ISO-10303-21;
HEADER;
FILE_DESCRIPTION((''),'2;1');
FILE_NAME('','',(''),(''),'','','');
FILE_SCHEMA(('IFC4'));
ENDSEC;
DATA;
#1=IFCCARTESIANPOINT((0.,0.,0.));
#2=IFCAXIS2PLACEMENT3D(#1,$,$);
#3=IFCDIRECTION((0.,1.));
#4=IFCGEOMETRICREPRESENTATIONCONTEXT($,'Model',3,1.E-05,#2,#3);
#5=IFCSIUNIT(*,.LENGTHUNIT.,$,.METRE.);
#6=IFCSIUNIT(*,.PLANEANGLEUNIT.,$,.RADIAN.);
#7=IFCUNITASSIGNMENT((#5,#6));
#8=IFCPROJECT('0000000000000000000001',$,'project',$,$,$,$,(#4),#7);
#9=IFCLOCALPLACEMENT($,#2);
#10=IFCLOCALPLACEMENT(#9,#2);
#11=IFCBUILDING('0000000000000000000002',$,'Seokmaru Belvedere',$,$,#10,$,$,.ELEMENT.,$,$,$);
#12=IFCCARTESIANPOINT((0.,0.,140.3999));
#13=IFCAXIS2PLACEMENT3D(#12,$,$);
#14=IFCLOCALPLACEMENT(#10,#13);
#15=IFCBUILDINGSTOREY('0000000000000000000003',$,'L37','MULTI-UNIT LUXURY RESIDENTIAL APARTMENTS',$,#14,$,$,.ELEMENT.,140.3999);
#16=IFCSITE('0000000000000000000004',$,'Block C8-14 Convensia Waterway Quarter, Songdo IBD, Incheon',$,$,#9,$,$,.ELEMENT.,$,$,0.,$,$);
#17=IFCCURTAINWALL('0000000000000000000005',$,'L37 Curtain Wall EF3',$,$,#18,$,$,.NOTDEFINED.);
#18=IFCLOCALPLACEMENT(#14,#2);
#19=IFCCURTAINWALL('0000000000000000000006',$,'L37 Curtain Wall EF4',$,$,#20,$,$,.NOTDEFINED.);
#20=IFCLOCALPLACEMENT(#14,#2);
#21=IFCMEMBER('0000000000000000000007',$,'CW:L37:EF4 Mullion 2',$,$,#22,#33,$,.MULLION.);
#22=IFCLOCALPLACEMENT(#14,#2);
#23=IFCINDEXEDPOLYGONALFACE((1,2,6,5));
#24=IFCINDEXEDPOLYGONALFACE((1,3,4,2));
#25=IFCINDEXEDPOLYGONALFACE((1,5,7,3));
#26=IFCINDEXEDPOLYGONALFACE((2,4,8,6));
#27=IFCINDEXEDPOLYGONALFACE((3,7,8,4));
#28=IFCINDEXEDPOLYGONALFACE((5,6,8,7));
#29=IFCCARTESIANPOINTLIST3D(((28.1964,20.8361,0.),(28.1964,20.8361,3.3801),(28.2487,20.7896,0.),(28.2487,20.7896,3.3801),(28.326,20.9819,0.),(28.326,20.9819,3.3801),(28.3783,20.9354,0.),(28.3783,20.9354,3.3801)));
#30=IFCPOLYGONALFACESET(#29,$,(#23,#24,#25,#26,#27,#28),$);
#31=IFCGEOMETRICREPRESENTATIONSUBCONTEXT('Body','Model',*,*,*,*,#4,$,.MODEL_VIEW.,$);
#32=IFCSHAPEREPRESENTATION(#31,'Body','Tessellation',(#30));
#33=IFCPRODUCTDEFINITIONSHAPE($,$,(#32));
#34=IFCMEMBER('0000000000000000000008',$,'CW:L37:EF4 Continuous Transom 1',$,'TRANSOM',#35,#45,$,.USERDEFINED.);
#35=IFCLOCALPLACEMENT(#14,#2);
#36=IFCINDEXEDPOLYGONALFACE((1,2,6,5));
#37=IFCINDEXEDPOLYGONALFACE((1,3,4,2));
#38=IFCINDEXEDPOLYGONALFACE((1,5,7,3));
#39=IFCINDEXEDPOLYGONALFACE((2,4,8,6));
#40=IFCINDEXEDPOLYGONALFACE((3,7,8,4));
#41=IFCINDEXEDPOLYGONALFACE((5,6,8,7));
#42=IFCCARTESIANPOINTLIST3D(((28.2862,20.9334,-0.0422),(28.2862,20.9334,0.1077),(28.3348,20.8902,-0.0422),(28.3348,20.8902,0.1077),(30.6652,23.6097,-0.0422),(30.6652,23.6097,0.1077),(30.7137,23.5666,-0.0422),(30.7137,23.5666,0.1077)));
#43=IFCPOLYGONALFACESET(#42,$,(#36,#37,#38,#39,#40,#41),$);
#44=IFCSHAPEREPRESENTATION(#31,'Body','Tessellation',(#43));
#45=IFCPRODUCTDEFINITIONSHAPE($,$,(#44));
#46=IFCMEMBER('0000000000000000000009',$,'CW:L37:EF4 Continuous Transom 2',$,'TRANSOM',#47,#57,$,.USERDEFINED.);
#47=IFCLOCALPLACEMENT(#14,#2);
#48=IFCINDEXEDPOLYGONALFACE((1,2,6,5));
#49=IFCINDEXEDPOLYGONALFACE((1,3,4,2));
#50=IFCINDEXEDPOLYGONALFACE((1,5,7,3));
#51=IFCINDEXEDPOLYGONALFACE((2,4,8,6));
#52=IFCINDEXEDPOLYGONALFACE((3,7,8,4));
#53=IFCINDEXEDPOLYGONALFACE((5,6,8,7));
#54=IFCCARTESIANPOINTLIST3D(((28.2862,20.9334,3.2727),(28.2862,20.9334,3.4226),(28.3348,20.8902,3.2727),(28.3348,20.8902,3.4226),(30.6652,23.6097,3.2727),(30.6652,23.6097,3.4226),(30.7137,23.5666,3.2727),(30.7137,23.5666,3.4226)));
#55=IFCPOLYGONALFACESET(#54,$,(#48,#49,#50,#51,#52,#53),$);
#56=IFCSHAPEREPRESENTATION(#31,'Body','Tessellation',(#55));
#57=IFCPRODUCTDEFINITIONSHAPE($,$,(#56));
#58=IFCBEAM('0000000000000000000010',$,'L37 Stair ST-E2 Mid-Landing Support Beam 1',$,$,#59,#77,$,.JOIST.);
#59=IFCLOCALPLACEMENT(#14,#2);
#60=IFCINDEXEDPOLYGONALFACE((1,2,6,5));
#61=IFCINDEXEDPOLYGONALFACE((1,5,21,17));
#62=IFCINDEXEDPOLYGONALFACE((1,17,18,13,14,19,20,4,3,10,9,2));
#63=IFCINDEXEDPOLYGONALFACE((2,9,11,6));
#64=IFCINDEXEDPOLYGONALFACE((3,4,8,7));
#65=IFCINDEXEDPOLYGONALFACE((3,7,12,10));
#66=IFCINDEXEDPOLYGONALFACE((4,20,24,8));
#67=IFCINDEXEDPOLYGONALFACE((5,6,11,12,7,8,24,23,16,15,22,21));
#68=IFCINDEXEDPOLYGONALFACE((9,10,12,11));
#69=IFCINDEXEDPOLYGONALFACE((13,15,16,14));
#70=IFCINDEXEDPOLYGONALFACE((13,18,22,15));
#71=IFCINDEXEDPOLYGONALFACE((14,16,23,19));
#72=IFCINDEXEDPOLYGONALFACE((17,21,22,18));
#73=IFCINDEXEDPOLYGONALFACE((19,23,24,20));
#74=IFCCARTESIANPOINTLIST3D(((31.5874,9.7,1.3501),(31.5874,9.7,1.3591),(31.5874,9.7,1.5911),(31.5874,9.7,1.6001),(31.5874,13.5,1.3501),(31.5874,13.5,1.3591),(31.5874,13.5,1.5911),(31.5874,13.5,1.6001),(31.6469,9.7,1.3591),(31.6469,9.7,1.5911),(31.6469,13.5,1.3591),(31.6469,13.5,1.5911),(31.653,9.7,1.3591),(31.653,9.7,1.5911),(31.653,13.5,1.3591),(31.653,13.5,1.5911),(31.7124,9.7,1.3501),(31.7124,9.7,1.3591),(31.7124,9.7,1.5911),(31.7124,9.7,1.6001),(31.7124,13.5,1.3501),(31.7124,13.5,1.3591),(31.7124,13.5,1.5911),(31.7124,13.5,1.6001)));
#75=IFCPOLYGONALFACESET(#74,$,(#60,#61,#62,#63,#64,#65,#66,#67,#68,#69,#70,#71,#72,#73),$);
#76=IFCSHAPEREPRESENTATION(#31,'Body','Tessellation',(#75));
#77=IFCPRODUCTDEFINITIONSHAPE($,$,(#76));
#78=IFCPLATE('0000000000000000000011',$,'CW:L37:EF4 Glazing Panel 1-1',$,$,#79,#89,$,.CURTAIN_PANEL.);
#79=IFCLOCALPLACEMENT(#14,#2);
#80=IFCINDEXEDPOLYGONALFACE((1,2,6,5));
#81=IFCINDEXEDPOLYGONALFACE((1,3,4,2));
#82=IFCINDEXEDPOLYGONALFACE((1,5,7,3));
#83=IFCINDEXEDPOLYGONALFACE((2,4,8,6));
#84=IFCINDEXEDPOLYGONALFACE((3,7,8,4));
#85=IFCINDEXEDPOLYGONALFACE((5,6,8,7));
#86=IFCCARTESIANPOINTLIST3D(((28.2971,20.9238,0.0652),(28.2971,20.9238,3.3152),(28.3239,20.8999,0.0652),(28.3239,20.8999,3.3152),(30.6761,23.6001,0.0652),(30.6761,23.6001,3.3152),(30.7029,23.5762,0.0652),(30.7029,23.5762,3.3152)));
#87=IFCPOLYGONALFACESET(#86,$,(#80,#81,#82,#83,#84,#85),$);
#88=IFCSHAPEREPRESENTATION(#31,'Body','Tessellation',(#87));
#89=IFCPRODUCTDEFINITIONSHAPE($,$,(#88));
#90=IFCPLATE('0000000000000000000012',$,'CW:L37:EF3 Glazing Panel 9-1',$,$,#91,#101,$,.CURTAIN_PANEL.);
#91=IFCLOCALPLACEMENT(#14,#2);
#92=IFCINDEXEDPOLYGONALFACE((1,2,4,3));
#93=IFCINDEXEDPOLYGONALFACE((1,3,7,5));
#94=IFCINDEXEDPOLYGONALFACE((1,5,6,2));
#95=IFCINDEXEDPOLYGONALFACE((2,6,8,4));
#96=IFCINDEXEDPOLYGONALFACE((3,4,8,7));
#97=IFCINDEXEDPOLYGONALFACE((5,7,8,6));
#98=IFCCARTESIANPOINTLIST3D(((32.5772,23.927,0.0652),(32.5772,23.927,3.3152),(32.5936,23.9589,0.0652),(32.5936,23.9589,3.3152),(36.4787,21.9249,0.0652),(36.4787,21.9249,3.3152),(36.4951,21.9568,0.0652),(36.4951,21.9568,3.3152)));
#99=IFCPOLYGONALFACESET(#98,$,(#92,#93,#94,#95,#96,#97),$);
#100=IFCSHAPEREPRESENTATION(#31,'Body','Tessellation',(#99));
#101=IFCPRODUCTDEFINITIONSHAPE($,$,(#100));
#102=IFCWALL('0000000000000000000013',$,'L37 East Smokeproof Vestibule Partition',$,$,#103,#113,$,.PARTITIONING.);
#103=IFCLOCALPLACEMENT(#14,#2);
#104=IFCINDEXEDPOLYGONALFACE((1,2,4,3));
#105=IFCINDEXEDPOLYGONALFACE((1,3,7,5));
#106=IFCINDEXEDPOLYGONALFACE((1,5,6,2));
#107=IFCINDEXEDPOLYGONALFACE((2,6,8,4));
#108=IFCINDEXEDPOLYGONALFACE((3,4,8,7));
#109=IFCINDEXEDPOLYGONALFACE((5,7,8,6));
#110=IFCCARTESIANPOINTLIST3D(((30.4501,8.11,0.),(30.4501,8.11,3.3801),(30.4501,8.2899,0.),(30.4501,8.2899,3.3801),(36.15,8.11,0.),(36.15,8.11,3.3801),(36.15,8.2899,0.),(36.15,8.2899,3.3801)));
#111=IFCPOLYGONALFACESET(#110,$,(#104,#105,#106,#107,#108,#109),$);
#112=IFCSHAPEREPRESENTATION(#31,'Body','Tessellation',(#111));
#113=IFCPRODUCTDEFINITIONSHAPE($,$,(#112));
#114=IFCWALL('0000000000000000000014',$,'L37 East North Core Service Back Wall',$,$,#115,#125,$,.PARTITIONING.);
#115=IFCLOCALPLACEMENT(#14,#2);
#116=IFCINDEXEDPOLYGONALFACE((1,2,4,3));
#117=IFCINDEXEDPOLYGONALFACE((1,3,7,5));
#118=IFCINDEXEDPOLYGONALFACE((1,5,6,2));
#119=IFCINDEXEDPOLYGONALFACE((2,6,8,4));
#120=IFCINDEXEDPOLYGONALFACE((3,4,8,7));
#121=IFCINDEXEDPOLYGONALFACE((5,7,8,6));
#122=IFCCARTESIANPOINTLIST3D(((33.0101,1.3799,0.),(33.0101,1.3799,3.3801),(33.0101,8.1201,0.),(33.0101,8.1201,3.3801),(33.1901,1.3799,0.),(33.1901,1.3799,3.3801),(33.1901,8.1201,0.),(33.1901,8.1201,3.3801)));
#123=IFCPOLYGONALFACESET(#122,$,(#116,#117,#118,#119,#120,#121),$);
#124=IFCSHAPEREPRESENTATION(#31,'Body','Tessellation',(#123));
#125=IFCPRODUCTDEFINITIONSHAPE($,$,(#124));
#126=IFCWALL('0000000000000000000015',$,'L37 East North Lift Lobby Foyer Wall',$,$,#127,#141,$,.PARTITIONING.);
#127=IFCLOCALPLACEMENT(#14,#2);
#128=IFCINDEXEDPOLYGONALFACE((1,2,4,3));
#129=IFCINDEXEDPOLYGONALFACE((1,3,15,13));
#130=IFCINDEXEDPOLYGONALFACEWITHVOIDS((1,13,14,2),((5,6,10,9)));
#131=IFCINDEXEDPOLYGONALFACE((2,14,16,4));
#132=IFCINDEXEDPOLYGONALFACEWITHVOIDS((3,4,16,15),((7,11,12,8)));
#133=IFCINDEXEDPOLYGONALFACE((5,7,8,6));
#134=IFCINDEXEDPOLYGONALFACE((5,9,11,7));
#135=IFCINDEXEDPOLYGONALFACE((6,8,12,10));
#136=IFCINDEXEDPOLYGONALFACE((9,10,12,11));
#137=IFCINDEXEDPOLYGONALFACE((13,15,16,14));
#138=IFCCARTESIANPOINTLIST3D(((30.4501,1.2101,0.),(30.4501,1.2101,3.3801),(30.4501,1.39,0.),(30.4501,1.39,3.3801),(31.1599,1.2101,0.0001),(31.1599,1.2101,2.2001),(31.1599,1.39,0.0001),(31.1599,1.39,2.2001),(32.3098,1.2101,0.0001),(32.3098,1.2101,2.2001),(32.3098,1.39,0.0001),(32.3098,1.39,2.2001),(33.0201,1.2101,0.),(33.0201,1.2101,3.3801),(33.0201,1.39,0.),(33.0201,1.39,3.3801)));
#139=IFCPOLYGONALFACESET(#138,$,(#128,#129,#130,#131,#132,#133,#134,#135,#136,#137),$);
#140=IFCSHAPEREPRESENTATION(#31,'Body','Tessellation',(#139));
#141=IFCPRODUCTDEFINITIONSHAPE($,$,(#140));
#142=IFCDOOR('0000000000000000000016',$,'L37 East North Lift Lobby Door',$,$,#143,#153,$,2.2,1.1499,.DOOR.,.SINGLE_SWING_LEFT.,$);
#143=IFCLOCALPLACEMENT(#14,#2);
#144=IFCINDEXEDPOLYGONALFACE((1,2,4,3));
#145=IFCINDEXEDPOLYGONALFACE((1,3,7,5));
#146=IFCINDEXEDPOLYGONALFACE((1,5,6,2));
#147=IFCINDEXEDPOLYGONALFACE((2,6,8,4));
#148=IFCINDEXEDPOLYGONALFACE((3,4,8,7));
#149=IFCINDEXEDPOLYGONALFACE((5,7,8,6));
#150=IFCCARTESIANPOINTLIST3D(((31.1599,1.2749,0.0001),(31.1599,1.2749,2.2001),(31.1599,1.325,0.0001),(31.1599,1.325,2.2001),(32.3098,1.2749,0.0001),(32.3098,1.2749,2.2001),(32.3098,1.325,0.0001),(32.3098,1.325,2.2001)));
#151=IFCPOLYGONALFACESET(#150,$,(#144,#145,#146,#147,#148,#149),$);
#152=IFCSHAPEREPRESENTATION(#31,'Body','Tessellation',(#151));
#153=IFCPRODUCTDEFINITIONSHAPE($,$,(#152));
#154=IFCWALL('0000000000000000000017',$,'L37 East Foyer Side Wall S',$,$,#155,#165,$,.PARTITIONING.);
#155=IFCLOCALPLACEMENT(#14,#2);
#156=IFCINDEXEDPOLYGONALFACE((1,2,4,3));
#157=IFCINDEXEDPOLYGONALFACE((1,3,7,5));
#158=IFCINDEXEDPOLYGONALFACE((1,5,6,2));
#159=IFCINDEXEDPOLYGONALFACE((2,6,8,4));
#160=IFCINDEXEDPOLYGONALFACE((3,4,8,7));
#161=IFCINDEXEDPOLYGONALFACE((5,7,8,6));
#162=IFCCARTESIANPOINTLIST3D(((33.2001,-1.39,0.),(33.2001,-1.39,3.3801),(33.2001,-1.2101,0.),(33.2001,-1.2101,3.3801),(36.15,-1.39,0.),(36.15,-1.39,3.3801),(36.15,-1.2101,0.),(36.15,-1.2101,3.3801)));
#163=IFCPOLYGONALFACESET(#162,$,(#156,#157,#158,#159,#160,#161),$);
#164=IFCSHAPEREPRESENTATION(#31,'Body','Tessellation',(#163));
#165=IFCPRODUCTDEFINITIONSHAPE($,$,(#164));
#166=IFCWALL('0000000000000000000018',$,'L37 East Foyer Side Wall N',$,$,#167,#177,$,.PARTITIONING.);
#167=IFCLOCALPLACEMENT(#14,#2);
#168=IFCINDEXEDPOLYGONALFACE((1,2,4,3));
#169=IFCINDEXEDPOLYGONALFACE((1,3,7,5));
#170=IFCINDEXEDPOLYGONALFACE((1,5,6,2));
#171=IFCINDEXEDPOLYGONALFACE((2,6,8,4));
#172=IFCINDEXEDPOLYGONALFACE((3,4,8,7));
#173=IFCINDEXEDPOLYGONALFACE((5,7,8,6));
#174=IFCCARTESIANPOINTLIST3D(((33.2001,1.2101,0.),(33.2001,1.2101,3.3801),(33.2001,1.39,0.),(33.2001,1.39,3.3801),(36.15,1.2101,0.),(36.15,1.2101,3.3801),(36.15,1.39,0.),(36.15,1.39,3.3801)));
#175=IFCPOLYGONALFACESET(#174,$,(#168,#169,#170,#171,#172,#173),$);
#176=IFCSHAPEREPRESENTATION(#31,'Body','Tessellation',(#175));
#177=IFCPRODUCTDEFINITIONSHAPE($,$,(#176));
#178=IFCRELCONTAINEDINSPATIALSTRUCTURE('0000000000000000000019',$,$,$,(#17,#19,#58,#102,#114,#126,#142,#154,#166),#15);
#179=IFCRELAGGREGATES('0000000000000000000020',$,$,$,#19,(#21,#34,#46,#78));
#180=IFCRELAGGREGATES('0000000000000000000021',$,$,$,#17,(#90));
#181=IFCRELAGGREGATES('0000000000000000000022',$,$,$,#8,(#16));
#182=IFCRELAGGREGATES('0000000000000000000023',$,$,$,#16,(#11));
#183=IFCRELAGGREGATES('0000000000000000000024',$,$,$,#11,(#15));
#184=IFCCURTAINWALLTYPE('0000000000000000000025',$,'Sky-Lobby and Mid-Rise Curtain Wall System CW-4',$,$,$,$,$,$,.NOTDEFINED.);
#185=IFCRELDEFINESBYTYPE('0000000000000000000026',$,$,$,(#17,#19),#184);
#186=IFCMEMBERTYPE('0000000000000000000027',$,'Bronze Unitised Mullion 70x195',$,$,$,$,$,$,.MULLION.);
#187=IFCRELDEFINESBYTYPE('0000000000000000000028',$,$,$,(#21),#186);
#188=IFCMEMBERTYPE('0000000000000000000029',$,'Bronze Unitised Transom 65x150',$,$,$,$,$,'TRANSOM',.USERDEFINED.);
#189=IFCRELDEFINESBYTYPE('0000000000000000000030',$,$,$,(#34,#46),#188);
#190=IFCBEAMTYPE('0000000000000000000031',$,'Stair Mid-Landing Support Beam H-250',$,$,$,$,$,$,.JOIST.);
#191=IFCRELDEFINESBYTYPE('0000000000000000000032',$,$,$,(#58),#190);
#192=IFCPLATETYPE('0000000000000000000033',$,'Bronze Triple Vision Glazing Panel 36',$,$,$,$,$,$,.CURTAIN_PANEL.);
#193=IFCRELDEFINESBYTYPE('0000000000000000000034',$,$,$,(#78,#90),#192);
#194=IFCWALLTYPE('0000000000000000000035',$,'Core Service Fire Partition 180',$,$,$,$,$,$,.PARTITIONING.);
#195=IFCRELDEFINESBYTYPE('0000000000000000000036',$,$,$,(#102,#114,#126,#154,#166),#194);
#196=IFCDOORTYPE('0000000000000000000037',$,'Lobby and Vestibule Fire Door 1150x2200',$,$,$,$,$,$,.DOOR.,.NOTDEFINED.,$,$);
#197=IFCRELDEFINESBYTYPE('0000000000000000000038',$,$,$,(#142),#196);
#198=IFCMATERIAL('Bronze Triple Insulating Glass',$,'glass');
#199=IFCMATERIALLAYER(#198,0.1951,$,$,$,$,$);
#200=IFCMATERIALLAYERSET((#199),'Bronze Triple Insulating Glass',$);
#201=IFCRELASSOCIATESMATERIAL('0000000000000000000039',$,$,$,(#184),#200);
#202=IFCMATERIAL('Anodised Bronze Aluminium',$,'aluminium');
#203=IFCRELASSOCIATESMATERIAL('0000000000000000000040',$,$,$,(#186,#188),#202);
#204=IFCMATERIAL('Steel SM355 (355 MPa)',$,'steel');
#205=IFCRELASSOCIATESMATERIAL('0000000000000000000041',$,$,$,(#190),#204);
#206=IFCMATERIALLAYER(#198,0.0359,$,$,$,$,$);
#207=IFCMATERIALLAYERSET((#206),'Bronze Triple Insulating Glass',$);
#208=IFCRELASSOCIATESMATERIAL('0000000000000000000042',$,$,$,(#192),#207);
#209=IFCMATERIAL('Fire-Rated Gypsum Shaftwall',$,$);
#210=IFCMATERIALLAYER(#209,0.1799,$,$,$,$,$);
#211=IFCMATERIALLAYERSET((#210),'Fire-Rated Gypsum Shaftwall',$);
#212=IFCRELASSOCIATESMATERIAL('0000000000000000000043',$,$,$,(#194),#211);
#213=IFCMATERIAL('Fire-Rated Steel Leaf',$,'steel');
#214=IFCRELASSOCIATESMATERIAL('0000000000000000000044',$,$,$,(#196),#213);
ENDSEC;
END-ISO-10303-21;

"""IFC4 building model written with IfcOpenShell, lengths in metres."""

from ifc_helpers import new_model, si_unit, direction, frame, frame_2d, origin, origin_2d, place, context, subcontext, project, spatial, rectangle, i_section, extrude, source, transform, mapped, material, layer, layer_set, material_profile, profile_set, type_object, type_shapes, element, fill, aggregate, save


model = new_model("IFC4")

# Units and contexts
model_context = context("Model", 3, precision=1e-05, world=origin(), true_north=direction((0.0, 1.0)))
body_context = subcontext(model_context, "Body", "Model", "MODEL_VIEW")
ifc_project = project(units=[si_unit("LENGTHUNIT", "METRE"), si_unit("PLANEANGLEUNIT", "RADIAN")], contexts=[model_context])

# Site, building, storey
site_placement = place(None, origin())
site = spatial("IfcSite", under=ifc_project, at=site_placement, Name="Block C8-14 Convensia Waterway Quarter, Songdo IBD, Incheon", CompositionType="ELEMENT", RefElevation=0.0)
building_placement = place(site_placement, origin())
building = spatial("IfcBuilding", under=site, at=building_placement, Name="Seokmaru Belvedere", CompositionType="ELEMENT")
storey_placement = place(building_placement, frame((0.0, 0.0, 140.3999)))
storey = spatial("IfcBuildingStorey", under=building, at=storey_placement, Name="L37", Description="MULTI-UNIT LUXURY RESIDENTIAL APARTMENTS", CompositionType="ELEMENT", Elevation=140.3999)

# Shared definitions
ifc_material_1 = material(Name="Steel SM355 (355 MPa)", Category="steel")

# Curtain wall
ifc_material_2 = material(Name="Bronze Triple Insulating Glass", Category="glass")
ifc_layer_1 = layer(ifc_material_2, 0.1951)
ifc_layer_set_1 = layer_set([ifc_layer_1], Name="Bronze Triple Insulating Glass")
curtain_wall_type = type_object("IfcCurtainWallType", Name="Sky-Lobby and Mid-Rise Curtain Wall System CW-4", PredefinedType="NOTDEFINED", material=ifc_layer_set_1)
curtain_wall_1_placement = place(storey_placement, origin())
curtain_wall_1 = element("IfcCurtainWall", 1, at=curtain_wall_1_placement, inside=storey, type_object=curtain_wall_type, Name="L37 Curtain Wall EF3", PredefinedType="NOTDEFINED")
ifc_material_3 = material(Name="Anodised Bronze Aluminium", Category="aluminium")
ifc_material_profile_1 = material_profile(ifc_material_3, rectangle(XDim=0.0701, YDim=0.1951, at=origin_2d()), Name="CW-M-70x195")
ifc_profile_set_1 = profile_set([ifc_material_profile_1], Name="Anodised Bronze Aluminium")
member_type_1 = type_object("IfcMemberType", Name="Bronze Unitised Mullion 70x195", PredefinedType="MULLION", material=ifc_profile_set_1)
shared_shape_1 = source(origin(), body_context, "Body", "SweptSolid", [
    extrude(rectangle(XDim=0.0701, YDim=0.1951, at=origin_2d()), origin(), (0.0, 0.0, 1.0), 3.3801),
])
type_shapes(member_type_1, [shared_shape_1])

# Curtain wall, members
curtain_wall_2_placement = place(storey_placement, origin())
curtain_wall_2 = element("IfcCurtainWall", 2, at=curtain_wall_2_placement, inside=storey, type_object=curtain_wall_type, Name="L37 Curtain Wall EF4", PredefinedType="NOTDEFINED")
member_1_placement = place(storey_placement, frame((28.2874, 20.8857, 0.0), z_axis=(0.0, 0.0, 1.0), x_axis=(0.74741, -0.664363, 0.0)))
member_1 = element("IfcMember", 3, at=member_1_placement, type_object=member_type_1, Name="CW:L37:EF4 Mullion 2", PredefinedType="MULLION", context=body_context, shape_type="MappedRepresentation", body=[
    mapped(shared_shape_1, transform((0.0, 0.0, 0.0), scale=1.0)),
])
ifc_material_profile_2 = material_profile(ifc_material_3, rectangle(XDim=0.0649, YDim=0.1499, at=origin_2d()), Name="CW-T-65x150")
ifc_profile_set_2 = profile_set([ifc_material_profile_2], Name="Anodised Bronze Aluminium")
member_type_2 = type_object("IfcMemberType", Name="Bronze Unitised Transom 65x150", ElementType="TRANSOM", PredefinedType="USERDEFINED", material=ifc_profile_set_2)
shared_shape_2 = source(origin(), body_context, "Body", "SweptSolid", [
    extrude(rectangle(XDim=0.0649, YDim=0.1499, at=origin_2d()), origin(), (0.0, 0.0, 1.0), 3.5808),
])
type_shapes(member_type_2, [shared_shape_2])
member_2_placement = place(storey_placement, frame((30.6895, 23.5881, 0.0327), z_axis=(-0.664364, -0.747409, 0.0), x_axis=(0.747409, -0.664364, 0.0)))
member_2 = element("IfcMember", 4, at=member_2_placement, type_object=member_type_2, Name="CW:L37:EF4 Continuous Transom 1", ObjectType="TRANSOM", PredefinedType="USERDEFINED", context=body_context, shape_type="MappedRepresentation", body=[
    mapped(shared_shape_2, transform((0.0, 0.0, 0.0), scale=1.0)),
])
member_3_placement = place(storey_placement, frame((30.6895, 23.5881, 3.3477), z_axis=(-0.664364, -0.747409, 0.0), x_axis=(0.747409, -0.664364, 0.0)))
member_3 = element("IfcMember", 5, at=member_3_placement, type_object=member_type_2, Name="CW:L37:EF4 Continuous Transom 2", ObjectType="TRANSOM", PredefinedType="USERDEFINED", context=body_context, shape_type="MappedRepresentation", body=[
    mapped(shared_shape_2, transform((0.0, 0.0, 0.0), scale=1.0)),
])

# Beam
ifc_material_profile_3 = material_profile(ifc_material_1, i_section(OverallWidth=0.125, OverallDepth=0.25, WebThickness=0.0061, FlangeThickness=0.009, at=origin_2d()), Name="H-250x125x6x9")
ifc_profile_set_3 = profile_set([ifc_material_profile_3], Name="Steel SM355 (355 MPa)")
beam_type_1 = type_object("IfcBeamType", Name="Stair Mid-Landing Support Beam H-250", PredefinedType="JOIST", material=ifc_profile_set_3)
shared_shape_3 = source(origin(), body_context, "Body", "SweptSolid", [
    extrude(i_section(OverallWidth=0.125, OverallDepth=0.25, WebThickness=0.0061, FlangeThickness=0.009, at=origin_2d()), origin(), (0.0, 0.0, 1.0), 3.8),
])
type_shapes(beam_type_1, [shared_shape_3])
beam_1_placement = place(storey_placement, frame((31.6499, 9.7, 1.4751), z_axis=(0.0, 1.0, 0.0), x_axis=(-1.0, 0.0, 0.0)))
element("IfcBeam", 6, at=beam_1_placement, inside=storey, type_object=beam_type_1, Name="L37 Stair ST-E2 Mid-Landing Support Beam 1", PredefinedType="JOIST", context=body_context, shape_type="MappedRepresentation", body=[
    mapped(shared_shape_3, transform((0.0, 0.0, 0.0), scale=1.0)),
])

# Plates
ifc_layer_2 = layer(ifc_material_2, 0.0359)
ifc_layer_set_2 = layer_set([ifc_layer_2], Name="Bronze Triple Insulating Glass")
plate_type = type_object("IfcPlateType", Name="Bronze Triple Vision Glazing Panel 36", PredefinedType="CURTAIN_PANEL", material=ifc_layer_set_2)
shared_shape_4 = source(origin(), body_context, "Body", "SweptSolid", [
    extrude(rectangle(XDim=3.5808, YDim=0.0359, at=origin_2d()), origin(), (0.0, 0.0, 1.0), 3.25),
])
plate_1_placement = place(storey_placement, frame((29.5, 22.25, 0.0652), z_axis=(0.0, 0.0, 1.0), x_axis=(-0.664363, -0.74741, 0.0)))
plate_1 = element("IfcPlate", 7, at=plate_1_placement, type_object=plate_type, Name="CW:L37:EF4 Glazing Panel 1-1", PredefinedType="CURTAIN_PANEL", context=body_context, shape_type="MappedRepresentation", body=[
    mapped(shared_shape_4, transform((0.0, 0.0, 0.0), scale=1.0)),
])
aggregate(curtain_wall_2, [member_1, member_2, member_3, plate_1])
shared_shape_5 = source(origin(), body_context, "Body", "SweptSolid", [
    extrude(rectangle(XDim=4.3853, YDim=0.0359, at=origin_2d()), origin(), (0.0, 0.0, 1.0), 3.25),
])
type_shapes(plate_type, [shared_shape_4, shared_shape_5])
plate_2_placement = place(storey_placement, frame((34.5361, 22.9419, 0.0652), z_axis=(0.0, 0.0, 1.0), x_axis=(-0.889695, 0.456555, 0.0)))
plate_2 = element("IfcPlate", 8, at=plate_2_placement, type_object=plate_type, Name="CW:L37:EF3 Glazing Panel 9-1", PredefinedType="CURTAIN_PANEL", context=body_context, shape_type="MappedRepresentation", body=[
    mapped(shared_shape_5, transform((0.0, 0.0, 0.0), scale=1.0)),
])
aggregate(curtain_wall_1, [plate_2])

# Walls
ifc_material_4 = material(Name="Fire-Rated Gypsum Shaftwall")
ifc_layer_3 = layer(ifc_material_4, 0.1799)
ifc_layer_set_3 = layer_set([ifc_layer_3], Name="Fire-Rated Gypsum Shaftwall")
wall_type_1 = type_object("IfcWallType", Name="Core Service Fire Partition 180", PredefinedType="PARTITIONING", material=ifc_layer_set_3)
wall_1_placement = place(storey_placement, frame((30.45, 8.2, 0.0), z_axis=(0.0, 0.0, 1.0), x_axis=(1.0, 0.0, 0.0)))
element("IfcWall", 9, at=wall_1_placement, inside=storey, type_object=wall_type_1, Name="L37 East Smokeproof Vestibule Partition", PredefinedType="PARTITIONING", context=body_context, shape_type="SweptSolid", body=[
    extrude(rectangle(XDim=5.7, YDim=0.1799, at=frame_2d((2.8501, 0.0))), origin(), (0.0, 0.0, 1.0), 3.3801),
])
wall_2_placement = place(storey_placement, frame((33.1001, 1.3799, 0.0), z_axis=(0.0, 0.0, 1.0), x_axis=(0.0, 1.0, 0.0)))
element("IfcWall", 10, at=wall_2_placement, inside=storey, type_object=wall_type_1, Name="L37 East North Core Service Back Wall", PredefinedType="PARTITIONING", context=body_context, shape_type="SweptSolid", body=[
    extrude(rectangle(XDim=6.7402, YDim=0.1799, at=frame_2d((3.3701, 0.0))), origin(), (0.0, 0.0, 1.0), 3.3801),
])

# Wall, opening, door
wall_3_placement = place(storey_placement, frame((30.45, 1.3, 0.0), z_axis=(0.0, 0.0, 1.0), x_axis=(1.0, 0.0, 0.0)))
wall_3 = element("IfcWall", 11, at=wall_3_placement, inside=storey, type_object=wall_type_1, Name="L37 East North Lift Lobby Foyer Wall", PredefinedType="PARTITIONING", context=body_context, shape_type="SweptSolid", body=[
    extrude(rectangle(XDim=2.5701, YDim=0.1799, at=frame_2d((1.2852, 0.0))), origin(), (0.0, 0.0, 1.0), 3.3801),
])
opening_1_placement = place(wall_3_placement, frame((0.71, 0.0, 0.0)))
opening_1 = element("IfcOpeningElement", 12, at=opening_1_placement, cuts=wall_3, PredefinedType="OPENING", context=body_context, shape_type="SweptSolid", body=[
    extrude(rectangle(XDim=1.1499, YDim=2.2, at=frame_2d((0.575, 1.1001))), frame((0.0, 0.1001, 0.0), z_axis=(0.0, -1.0, 0.0), x_axis=(1.0, 0.0, 0.0)), (0.0, 0.0, 1.0), 0.2),
])
ifc_material_5 = material(Name="Fire-Rated Steel Leaf", Category="steel")
door_type_1 = type_object("IfcDoorType", Name="Lobby and Vestibule Fire Door 1150x2200", OperationType="NOTDEFINED", PredefinedType="DOOR", material=ifc_material_5)
shared_shape_6 = source(origin(), body_context, "Body", "SweptSolid", [
    extrude(rectangle(XDim=1.1499, YDim=2.2, at=frame_2d((0.575, 1.1001))), frame((0.0, 0.0249, 0.0), z_axis=(0.0, -1.0, 0.0), x_axis=(1.0, 0.0, 0.0)), (0.0, 0.0, 1.0), 0.05),
])
type_shapes(door_type_1, [shared_shape_6])
door_1_placement = place(opening_1_placement, origin())
door_1 = element("IfcDoor", 13, at=door_1_placement, inside=storey, type_object=door_type_1, Name="L37 East North Lift Lobby Door", OperationType="SINGLE_SWING_LEFT", OverallHeight=2.2, OverallWidth=1.1499, PredefinedType="DOOR", context=body_context, shape_type="MappedRepresentation", body=[
    mapped(shared_shape_6, transform((0.0, 0.0, 0.0), scale=1.0)),
])
fill(opening_1, door_1)

# Walls
for number, where, z_axis, x_axis, name in (
    (14, (33.2, -1.3, 0.0), (0.0, 0.0, 1.0), (1.0, 0.0, 0.0), "L37 East Foyer Side Wall S"),
    (15, (33.2, 1.3, 0.0), (0.0, 0.0, 1.0), (1.0, 0.0, 0.0), "L37 East Foyer Side Wall N"),
):
    element("IfcWall", number, at=place(storey_placement, frame(where, z_axis=z_axis, x_axis=x_axis)), inside=storey, type_object=wall_type_1, Name=name, PredefinedType="PARTITIONING", context=body_context, shape_type="SweptSolid", body=[
        extrude(rectangle(XDim=2.95, YDim=0.1799, at=frame_2d((1.4751, 0.0))), origin(), (0.0, 0.0, 1.0), 3.3801),
    ])

save(model, "model.ifc")
